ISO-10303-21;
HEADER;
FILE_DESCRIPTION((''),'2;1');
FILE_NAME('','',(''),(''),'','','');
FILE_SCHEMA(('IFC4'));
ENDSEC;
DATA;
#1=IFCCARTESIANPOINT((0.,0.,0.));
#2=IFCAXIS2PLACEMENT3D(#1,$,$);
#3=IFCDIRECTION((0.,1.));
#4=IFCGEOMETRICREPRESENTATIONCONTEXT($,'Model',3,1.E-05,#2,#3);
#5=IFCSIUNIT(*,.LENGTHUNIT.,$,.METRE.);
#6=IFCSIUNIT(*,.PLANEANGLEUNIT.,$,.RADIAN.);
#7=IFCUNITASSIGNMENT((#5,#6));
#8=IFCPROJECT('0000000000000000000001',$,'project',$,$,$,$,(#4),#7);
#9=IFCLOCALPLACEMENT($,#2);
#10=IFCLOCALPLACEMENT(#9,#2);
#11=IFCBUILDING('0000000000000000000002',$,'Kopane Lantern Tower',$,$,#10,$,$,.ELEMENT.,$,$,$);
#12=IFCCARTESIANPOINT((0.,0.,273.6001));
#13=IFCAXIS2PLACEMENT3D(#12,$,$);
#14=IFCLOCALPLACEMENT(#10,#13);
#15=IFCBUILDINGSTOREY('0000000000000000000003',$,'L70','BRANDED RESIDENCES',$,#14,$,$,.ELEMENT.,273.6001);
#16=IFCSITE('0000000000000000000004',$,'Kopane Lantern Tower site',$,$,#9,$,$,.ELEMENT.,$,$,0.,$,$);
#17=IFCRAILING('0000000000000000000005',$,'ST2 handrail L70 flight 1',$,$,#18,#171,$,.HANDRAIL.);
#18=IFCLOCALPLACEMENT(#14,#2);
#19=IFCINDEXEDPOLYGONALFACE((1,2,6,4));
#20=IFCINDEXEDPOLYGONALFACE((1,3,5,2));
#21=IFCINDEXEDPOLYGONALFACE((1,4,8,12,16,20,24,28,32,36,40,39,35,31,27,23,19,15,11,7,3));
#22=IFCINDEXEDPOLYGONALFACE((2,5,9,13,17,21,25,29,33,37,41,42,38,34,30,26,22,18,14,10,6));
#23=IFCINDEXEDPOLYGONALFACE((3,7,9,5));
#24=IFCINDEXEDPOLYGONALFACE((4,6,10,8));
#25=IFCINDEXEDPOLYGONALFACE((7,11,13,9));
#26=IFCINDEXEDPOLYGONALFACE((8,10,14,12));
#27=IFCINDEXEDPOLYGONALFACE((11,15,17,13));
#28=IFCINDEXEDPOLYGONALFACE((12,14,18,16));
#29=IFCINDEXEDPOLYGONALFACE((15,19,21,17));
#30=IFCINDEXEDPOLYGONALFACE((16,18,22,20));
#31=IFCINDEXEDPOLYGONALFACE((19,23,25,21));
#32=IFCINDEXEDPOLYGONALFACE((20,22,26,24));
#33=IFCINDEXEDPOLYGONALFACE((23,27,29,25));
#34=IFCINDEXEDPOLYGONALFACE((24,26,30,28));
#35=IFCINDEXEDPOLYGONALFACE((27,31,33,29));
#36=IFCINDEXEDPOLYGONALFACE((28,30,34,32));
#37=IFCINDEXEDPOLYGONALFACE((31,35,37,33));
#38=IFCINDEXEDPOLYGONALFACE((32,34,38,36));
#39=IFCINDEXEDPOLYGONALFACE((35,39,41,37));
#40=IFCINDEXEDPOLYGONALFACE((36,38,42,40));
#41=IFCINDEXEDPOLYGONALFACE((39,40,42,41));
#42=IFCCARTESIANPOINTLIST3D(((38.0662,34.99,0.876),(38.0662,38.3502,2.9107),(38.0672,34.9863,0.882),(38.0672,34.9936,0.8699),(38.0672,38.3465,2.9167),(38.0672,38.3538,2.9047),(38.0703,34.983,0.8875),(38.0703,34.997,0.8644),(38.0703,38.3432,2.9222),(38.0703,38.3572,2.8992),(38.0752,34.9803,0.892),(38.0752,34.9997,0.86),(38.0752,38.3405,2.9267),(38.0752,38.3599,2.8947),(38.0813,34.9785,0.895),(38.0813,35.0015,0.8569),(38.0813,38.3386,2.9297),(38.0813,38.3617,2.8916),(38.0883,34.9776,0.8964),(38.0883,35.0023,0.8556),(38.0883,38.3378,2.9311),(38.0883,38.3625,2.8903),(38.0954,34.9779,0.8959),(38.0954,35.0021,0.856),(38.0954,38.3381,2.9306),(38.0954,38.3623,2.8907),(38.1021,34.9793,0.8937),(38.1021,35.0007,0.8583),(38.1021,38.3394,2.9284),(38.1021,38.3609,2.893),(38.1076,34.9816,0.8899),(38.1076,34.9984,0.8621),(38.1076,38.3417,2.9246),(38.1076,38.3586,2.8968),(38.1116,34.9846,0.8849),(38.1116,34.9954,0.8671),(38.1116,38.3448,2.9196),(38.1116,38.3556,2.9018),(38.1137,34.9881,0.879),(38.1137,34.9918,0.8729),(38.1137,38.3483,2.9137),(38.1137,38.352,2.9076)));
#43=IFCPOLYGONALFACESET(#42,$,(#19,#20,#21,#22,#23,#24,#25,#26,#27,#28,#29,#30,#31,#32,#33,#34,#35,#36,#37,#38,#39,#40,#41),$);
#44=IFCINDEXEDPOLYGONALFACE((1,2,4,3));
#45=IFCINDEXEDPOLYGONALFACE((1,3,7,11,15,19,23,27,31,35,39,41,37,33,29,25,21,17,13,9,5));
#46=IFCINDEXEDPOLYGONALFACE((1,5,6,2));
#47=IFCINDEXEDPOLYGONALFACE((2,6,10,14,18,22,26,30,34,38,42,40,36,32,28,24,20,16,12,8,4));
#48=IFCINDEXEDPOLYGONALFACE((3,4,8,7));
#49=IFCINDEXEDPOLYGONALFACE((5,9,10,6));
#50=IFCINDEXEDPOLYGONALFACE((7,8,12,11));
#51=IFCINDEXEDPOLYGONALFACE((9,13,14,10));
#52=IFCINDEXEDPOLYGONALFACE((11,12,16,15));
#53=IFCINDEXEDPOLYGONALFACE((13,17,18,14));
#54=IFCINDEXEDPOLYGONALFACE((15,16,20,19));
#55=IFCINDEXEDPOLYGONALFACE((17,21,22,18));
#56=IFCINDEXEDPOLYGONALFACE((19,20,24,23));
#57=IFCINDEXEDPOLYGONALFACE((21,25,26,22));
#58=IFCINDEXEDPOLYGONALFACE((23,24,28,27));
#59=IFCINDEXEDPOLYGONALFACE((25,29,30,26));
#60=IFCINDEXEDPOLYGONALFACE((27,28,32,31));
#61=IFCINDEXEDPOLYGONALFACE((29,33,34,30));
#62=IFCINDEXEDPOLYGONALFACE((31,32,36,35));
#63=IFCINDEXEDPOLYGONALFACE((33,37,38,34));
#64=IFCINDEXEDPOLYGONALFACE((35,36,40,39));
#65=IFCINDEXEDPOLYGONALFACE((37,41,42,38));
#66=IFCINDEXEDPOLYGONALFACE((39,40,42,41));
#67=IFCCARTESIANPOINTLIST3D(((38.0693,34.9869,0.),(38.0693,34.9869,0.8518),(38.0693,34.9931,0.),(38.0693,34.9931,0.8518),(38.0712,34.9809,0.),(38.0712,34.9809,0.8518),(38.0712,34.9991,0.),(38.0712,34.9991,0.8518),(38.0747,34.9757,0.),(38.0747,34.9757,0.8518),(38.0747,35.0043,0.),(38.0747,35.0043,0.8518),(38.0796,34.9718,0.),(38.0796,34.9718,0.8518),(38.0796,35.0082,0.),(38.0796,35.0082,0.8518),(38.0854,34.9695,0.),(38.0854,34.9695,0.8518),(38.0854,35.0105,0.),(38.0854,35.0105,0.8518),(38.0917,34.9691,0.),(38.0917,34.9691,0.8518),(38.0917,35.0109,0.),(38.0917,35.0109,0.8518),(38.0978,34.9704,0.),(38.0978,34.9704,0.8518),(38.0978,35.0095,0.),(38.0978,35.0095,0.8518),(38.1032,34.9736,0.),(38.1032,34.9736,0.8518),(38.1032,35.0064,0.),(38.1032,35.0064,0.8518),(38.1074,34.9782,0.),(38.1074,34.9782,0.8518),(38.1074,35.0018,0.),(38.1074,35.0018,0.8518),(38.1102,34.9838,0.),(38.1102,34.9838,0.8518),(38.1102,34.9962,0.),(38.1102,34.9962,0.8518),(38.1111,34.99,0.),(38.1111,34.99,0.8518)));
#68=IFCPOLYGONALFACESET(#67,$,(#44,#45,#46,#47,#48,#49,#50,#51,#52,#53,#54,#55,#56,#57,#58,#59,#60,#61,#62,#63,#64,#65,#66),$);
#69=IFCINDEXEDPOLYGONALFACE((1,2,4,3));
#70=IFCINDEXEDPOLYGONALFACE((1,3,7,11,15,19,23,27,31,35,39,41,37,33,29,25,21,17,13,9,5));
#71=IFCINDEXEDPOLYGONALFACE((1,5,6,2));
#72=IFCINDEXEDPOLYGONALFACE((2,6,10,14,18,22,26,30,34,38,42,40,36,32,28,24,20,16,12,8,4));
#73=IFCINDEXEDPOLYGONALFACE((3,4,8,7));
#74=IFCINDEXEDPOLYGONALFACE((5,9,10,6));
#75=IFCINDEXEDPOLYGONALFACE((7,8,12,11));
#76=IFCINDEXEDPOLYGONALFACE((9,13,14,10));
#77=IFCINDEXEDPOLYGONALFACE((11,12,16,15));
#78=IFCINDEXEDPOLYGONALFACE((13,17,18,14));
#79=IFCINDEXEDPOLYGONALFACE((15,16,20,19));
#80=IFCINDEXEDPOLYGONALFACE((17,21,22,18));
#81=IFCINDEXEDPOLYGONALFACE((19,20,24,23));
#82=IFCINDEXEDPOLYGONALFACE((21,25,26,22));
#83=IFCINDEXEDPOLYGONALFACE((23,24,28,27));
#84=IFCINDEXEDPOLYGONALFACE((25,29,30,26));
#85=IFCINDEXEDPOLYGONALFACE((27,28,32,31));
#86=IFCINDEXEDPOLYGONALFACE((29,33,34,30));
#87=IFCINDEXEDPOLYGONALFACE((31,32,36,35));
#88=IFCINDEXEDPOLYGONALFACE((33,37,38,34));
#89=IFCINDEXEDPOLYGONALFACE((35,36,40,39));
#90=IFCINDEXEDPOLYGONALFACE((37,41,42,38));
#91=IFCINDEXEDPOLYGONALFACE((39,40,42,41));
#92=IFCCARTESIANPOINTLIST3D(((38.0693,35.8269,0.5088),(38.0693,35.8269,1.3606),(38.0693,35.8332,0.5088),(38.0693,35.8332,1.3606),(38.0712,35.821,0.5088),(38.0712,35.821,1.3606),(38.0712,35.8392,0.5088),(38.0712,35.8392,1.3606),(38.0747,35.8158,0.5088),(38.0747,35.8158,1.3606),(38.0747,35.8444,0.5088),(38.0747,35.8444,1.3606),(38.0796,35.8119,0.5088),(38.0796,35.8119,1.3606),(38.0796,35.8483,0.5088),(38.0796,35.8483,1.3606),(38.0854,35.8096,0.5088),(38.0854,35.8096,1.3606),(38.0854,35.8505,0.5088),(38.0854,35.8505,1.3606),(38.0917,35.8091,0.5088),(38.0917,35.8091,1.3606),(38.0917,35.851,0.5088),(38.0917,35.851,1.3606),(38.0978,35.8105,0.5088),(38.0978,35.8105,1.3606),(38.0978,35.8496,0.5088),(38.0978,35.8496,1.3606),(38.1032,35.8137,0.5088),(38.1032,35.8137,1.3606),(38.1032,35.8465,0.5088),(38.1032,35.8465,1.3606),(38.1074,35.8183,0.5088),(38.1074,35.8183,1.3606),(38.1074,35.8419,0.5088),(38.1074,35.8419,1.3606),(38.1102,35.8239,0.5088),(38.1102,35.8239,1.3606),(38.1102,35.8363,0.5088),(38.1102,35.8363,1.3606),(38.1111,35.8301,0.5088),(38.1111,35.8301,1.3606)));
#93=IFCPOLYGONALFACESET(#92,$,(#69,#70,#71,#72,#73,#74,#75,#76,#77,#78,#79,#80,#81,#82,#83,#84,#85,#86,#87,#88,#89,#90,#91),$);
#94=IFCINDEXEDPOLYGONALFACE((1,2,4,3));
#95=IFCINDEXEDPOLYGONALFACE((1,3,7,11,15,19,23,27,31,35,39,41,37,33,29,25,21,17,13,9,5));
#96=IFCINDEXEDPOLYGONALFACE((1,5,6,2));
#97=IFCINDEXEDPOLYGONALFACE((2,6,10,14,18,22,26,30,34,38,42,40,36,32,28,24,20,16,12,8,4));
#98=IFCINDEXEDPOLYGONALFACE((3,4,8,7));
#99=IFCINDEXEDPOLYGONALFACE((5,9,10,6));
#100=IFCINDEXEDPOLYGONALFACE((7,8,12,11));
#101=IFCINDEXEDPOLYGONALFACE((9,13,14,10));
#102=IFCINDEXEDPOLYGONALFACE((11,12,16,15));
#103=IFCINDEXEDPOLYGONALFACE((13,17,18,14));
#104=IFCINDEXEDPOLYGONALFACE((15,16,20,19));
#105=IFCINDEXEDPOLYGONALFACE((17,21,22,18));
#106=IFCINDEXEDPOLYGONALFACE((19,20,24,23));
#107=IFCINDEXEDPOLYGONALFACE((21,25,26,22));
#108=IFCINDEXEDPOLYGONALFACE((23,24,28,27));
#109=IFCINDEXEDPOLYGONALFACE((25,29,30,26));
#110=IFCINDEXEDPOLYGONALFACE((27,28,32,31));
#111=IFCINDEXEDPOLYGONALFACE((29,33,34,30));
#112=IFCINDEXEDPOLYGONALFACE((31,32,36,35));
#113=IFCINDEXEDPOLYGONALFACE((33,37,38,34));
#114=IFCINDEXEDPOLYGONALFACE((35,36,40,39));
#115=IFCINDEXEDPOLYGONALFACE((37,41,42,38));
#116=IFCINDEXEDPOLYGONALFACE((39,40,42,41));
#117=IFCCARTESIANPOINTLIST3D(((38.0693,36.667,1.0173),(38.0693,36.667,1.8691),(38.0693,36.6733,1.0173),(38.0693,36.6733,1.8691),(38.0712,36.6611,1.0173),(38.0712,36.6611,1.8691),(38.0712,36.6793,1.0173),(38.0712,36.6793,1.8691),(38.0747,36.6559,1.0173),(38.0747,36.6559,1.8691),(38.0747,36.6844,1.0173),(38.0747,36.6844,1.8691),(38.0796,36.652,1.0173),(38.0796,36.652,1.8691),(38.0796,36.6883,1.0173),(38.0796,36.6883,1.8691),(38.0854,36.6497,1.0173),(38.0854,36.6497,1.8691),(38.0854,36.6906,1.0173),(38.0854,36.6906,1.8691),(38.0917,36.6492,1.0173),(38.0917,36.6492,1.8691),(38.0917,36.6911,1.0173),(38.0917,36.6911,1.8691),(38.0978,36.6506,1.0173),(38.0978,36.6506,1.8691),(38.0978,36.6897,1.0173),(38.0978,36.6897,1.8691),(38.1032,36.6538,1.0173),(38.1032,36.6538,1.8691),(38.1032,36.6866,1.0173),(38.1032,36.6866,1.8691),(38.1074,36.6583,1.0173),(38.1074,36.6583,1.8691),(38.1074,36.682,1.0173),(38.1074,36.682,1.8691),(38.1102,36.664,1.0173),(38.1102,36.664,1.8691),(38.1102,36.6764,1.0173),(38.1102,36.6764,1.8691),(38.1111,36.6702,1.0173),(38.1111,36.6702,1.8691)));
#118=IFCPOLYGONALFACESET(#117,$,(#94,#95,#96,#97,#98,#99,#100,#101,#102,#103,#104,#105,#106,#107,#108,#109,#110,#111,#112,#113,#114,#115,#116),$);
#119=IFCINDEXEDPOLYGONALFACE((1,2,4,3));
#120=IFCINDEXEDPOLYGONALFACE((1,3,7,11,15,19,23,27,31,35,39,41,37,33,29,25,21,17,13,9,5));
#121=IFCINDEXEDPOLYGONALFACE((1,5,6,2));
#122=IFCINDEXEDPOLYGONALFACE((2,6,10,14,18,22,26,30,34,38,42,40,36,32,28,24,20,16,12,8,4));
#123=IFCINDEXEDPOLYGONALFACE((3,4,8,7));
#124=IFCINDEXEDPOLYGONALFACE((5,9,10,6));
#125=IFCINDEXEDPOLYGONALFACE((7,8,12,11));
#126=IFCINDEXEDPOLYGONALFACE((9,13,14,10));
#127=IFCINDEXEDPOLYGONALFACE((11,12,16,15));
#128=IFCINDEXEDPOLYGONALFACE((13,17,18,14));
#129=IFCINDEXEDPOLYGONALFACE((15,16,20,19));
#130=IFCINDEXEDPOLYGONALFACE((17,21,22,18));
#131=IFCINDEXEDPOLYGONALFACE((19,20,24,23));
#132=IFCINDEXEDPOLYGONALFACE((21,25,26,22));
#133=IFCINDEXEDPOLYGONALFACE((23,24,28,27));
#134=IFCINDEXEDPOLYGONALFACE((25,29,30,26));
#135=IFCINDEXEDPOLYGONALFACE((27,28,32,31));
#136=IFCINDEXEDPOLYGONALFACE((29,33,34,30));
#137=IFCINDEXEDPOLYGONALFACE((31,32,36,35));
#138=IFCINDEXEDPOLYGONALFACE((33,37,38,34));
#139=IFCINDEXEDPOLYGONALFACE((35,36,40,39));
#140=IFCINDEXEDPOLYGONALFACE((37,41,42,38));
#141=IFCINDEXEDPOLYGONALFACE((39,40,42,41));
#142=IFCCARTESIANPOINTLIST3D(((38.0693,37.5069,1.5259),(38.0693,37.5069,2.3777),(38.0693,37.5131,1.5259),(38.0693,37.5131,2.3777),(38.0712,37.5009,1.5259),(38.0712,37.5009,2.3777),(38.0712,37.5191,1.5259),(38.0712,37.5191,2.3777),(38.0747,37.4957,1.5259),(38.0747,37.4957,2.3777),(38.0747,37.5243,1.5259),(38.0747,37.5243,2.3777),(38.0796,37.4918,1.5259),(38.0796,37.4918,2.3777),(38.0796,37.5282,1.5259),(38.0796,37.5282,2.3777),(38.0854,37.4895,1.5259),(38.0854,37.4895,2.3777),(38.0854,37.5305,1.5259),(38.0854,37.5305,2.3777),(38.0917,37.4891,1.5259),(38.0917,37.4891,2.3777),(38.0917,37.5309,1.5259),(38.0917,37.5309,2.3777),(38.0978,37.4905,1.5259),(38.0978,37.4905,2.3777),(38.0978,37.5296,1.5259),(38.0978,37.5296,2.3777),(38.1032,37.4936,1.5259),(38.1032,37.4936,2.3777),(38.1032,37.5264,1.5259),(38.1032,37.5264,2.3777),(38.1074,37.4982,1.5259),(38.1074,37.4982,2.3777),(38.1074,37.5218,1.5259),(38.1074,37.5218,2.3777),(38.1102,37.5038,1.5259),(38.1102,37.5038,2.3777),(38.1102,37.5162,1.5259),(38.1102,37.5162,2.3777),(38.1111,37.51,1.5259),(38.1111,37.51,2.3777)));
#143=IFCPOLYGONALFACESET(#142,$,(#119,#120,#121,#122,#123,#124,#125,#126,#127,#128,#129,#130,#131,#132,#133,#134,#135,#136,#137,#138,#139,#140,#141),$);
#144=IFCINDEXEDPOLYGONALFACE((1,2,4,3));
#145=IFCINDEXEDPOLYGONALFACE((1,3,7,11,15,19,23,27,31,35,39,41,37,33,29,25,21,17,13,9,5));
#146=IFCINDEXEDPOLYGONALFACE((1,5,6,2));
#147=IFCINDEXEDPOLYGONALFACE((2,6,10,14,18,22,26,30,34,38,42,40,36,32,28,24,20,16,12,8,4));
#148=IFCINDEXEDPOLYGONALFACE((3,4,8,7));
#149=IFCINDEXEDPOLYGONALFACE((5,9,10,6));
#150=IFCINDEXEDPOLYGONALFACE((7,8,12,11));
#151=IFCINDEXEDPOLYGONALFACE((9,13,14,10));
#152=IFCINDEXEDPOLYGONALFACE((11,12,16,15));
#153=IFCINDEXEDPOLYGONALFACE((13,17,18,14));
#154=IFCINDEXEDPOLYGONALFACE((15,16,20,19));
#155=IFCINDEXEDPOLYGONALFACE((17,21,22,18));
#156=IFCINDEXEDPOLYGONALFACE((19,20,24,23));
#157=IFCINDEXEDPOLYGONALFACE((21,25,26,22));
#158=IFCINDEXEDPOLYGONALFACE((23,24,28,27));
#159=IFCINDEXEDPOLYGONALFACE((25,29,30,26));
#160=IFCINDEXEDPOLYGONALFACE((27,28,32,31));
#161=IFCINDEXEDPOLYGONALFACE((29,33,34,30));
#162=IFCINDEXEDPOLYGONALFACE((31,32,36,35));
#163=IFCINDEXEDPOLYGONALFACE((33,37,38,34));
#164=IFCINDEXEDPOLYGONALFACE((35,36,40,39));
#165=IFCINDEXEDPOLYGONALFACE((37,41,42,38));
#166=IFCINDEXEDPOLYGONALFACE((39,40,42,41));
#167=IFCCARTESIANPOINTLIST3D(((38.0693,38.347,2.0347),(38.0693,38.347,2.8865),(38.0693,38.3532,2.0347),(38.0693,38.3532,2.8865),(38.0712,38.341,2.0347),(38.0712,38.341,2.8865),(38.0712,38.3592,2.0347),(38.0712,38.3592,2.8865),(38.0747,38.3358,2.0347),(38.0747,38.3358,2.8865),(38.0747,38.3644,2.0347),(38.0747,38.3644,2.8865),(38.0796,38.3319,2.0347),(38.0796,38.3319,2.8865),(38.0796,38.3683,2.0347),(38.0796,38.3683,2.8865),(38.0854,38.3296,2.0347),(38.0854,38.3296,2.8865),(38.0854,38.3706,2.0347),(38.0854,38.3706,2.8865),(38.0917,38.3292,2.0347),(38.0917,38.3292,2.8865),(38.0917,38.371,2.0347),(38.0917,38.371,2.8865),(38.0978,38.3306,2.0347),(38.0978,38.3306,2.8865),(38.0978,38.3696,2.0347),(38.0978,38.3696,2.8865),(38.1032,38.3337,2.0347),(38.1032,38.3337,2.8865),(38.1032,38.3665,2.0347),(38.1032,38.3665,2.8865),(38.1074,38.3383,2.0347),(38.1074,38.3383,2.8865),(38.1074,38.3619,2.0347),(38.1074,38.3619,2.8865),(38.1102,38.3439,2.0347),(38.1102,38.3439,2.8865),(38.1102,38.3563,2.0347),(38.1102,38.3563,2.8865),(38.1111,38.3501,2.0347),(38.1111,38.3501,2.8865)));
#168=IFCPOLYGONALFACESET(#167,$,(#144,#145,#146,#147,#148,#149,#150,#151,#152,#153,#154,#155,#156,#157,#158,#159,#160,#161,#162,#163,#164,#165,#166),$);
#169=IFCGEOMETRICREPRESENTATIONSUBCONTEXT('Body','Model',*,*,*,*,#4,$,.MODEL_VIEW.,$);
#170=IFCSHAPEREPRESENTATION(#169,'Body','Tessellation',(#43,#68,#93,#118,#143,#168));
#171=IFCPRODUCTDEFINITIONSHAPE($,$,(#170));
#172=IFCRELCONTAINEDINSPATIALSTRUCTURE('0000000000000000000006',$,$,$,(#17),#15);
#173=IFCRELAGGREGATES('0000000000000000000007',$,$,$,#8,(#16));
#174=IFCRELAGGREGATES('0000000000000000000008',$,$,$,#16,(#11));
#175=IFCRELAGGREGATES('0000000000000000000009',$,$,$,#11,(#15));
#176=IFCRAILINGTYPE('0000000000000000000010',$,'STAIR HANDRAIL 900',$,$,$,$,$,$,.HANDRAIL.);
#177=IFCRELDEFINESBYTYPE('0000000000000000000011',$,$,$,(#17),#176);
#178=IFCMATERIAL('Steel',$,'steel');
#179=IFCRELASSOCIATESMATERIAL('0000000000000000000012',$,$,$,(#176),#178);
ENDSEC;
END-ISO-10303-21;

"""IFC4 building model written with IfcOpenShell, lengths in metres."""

from ifc_helpers import new_model, si_unit, direction, frame, origin, origin_2d, place, context, subcontext, project, spatial, circle, extrude, material, type_object, element, save


model = new_model("IFC4")

# Units and contexts
model_context = context("Model", 3, precision=1e-05, world=origin(), true_north=direction((0.0, 1.0)))
body_context = subcontext(model_context, "Body", "Model", "MODEL_VIEW")
ifc_project = project(units=[si_unit("LENGTHUNIT", "METRE"), si_unit("PLANEANGLEUNIT", "RADIAN")], contexts=[model_context])

# Site, building, storey
site_placement = place(None, origin())
site = spatial("IfcSite", under=ifc_project, at=site_placement, Name="Kopane Lantern Tower site", CompositionType="ELEMENT", RefElevation=0.0)
building_placement = place(site_placement, origin())
building = spatial("IfcBuilding", under=site, at=building_placement, Name="Kopane Lantern Tower", CompositionType="ELEMENT")
storey_placement = place(building_placement, frame((0.0, 0.0, 273.6001)))
storey = spatial("IfcBuildingStorey", under=building, at=storey_placement, Name="L70", Description="BRANDED RESIDENCES", CompositionType="ELEMENT", Elevation=273.6001)

# Railing
ifc_material_1 = material(Name="Steel", Category="steel")
railing_type_1 = type_object("IfcRailingType", Name="STAIR HANDRAIL 900", PredefinedType="HANDRAIL", material=ifc_material_1)
for number, where, name in (
    (1, (38.0901, 34.99, 0.0), "ST2 handrail L70 flight 1"),
):
    element("IfcRailing", number, at=place(storey_placement, frame(where)), inside=storey, type_object=railing_type_1, Name=name, PredefinedType="HANDRAIL", context=body_context, shape_type="SweptSolid", body=[
        extrude(circle(Radius=0.0239, at=origin_2d()), frame((0.0, 0.0, 0.876), z_axis=(0.0, 0.855396, 0.517974), x_axis=(-1.0, 0.0, 0.0)), (0.0, 0.0, 1.0), 3.9282),
        extrude(circle(Radius=0.021, at=origin_2d()), origin(), (0.0, 0.0, 1.0), 0.8518),
        extrude(circle(Radius=0.021, at=origin_2d()), frame((0.0, 0.8401, 0.5088)), (0.0, 0.0, 1.0), 0.8518),
        extrude(circle(Radius=0.021, at=origin_2d()), frame((0.0, 1.6802, 1.0173)), (0.0, 0.0, 1.0), 0.8518),
        extrude(circle(Radius=0.021, at=origin_2d()), frame((0.0, 2.52, 1.5259)), (0.0, 0.0, 1.0), 0.8518),
        extrude(circle(Radius=0.021, at=origin_2d()), frame((0.0, 3.3601, 2.0347)), (0.0, 0.0, 1.0), 0.8518),
    ])

save(model, "model.ifc")
